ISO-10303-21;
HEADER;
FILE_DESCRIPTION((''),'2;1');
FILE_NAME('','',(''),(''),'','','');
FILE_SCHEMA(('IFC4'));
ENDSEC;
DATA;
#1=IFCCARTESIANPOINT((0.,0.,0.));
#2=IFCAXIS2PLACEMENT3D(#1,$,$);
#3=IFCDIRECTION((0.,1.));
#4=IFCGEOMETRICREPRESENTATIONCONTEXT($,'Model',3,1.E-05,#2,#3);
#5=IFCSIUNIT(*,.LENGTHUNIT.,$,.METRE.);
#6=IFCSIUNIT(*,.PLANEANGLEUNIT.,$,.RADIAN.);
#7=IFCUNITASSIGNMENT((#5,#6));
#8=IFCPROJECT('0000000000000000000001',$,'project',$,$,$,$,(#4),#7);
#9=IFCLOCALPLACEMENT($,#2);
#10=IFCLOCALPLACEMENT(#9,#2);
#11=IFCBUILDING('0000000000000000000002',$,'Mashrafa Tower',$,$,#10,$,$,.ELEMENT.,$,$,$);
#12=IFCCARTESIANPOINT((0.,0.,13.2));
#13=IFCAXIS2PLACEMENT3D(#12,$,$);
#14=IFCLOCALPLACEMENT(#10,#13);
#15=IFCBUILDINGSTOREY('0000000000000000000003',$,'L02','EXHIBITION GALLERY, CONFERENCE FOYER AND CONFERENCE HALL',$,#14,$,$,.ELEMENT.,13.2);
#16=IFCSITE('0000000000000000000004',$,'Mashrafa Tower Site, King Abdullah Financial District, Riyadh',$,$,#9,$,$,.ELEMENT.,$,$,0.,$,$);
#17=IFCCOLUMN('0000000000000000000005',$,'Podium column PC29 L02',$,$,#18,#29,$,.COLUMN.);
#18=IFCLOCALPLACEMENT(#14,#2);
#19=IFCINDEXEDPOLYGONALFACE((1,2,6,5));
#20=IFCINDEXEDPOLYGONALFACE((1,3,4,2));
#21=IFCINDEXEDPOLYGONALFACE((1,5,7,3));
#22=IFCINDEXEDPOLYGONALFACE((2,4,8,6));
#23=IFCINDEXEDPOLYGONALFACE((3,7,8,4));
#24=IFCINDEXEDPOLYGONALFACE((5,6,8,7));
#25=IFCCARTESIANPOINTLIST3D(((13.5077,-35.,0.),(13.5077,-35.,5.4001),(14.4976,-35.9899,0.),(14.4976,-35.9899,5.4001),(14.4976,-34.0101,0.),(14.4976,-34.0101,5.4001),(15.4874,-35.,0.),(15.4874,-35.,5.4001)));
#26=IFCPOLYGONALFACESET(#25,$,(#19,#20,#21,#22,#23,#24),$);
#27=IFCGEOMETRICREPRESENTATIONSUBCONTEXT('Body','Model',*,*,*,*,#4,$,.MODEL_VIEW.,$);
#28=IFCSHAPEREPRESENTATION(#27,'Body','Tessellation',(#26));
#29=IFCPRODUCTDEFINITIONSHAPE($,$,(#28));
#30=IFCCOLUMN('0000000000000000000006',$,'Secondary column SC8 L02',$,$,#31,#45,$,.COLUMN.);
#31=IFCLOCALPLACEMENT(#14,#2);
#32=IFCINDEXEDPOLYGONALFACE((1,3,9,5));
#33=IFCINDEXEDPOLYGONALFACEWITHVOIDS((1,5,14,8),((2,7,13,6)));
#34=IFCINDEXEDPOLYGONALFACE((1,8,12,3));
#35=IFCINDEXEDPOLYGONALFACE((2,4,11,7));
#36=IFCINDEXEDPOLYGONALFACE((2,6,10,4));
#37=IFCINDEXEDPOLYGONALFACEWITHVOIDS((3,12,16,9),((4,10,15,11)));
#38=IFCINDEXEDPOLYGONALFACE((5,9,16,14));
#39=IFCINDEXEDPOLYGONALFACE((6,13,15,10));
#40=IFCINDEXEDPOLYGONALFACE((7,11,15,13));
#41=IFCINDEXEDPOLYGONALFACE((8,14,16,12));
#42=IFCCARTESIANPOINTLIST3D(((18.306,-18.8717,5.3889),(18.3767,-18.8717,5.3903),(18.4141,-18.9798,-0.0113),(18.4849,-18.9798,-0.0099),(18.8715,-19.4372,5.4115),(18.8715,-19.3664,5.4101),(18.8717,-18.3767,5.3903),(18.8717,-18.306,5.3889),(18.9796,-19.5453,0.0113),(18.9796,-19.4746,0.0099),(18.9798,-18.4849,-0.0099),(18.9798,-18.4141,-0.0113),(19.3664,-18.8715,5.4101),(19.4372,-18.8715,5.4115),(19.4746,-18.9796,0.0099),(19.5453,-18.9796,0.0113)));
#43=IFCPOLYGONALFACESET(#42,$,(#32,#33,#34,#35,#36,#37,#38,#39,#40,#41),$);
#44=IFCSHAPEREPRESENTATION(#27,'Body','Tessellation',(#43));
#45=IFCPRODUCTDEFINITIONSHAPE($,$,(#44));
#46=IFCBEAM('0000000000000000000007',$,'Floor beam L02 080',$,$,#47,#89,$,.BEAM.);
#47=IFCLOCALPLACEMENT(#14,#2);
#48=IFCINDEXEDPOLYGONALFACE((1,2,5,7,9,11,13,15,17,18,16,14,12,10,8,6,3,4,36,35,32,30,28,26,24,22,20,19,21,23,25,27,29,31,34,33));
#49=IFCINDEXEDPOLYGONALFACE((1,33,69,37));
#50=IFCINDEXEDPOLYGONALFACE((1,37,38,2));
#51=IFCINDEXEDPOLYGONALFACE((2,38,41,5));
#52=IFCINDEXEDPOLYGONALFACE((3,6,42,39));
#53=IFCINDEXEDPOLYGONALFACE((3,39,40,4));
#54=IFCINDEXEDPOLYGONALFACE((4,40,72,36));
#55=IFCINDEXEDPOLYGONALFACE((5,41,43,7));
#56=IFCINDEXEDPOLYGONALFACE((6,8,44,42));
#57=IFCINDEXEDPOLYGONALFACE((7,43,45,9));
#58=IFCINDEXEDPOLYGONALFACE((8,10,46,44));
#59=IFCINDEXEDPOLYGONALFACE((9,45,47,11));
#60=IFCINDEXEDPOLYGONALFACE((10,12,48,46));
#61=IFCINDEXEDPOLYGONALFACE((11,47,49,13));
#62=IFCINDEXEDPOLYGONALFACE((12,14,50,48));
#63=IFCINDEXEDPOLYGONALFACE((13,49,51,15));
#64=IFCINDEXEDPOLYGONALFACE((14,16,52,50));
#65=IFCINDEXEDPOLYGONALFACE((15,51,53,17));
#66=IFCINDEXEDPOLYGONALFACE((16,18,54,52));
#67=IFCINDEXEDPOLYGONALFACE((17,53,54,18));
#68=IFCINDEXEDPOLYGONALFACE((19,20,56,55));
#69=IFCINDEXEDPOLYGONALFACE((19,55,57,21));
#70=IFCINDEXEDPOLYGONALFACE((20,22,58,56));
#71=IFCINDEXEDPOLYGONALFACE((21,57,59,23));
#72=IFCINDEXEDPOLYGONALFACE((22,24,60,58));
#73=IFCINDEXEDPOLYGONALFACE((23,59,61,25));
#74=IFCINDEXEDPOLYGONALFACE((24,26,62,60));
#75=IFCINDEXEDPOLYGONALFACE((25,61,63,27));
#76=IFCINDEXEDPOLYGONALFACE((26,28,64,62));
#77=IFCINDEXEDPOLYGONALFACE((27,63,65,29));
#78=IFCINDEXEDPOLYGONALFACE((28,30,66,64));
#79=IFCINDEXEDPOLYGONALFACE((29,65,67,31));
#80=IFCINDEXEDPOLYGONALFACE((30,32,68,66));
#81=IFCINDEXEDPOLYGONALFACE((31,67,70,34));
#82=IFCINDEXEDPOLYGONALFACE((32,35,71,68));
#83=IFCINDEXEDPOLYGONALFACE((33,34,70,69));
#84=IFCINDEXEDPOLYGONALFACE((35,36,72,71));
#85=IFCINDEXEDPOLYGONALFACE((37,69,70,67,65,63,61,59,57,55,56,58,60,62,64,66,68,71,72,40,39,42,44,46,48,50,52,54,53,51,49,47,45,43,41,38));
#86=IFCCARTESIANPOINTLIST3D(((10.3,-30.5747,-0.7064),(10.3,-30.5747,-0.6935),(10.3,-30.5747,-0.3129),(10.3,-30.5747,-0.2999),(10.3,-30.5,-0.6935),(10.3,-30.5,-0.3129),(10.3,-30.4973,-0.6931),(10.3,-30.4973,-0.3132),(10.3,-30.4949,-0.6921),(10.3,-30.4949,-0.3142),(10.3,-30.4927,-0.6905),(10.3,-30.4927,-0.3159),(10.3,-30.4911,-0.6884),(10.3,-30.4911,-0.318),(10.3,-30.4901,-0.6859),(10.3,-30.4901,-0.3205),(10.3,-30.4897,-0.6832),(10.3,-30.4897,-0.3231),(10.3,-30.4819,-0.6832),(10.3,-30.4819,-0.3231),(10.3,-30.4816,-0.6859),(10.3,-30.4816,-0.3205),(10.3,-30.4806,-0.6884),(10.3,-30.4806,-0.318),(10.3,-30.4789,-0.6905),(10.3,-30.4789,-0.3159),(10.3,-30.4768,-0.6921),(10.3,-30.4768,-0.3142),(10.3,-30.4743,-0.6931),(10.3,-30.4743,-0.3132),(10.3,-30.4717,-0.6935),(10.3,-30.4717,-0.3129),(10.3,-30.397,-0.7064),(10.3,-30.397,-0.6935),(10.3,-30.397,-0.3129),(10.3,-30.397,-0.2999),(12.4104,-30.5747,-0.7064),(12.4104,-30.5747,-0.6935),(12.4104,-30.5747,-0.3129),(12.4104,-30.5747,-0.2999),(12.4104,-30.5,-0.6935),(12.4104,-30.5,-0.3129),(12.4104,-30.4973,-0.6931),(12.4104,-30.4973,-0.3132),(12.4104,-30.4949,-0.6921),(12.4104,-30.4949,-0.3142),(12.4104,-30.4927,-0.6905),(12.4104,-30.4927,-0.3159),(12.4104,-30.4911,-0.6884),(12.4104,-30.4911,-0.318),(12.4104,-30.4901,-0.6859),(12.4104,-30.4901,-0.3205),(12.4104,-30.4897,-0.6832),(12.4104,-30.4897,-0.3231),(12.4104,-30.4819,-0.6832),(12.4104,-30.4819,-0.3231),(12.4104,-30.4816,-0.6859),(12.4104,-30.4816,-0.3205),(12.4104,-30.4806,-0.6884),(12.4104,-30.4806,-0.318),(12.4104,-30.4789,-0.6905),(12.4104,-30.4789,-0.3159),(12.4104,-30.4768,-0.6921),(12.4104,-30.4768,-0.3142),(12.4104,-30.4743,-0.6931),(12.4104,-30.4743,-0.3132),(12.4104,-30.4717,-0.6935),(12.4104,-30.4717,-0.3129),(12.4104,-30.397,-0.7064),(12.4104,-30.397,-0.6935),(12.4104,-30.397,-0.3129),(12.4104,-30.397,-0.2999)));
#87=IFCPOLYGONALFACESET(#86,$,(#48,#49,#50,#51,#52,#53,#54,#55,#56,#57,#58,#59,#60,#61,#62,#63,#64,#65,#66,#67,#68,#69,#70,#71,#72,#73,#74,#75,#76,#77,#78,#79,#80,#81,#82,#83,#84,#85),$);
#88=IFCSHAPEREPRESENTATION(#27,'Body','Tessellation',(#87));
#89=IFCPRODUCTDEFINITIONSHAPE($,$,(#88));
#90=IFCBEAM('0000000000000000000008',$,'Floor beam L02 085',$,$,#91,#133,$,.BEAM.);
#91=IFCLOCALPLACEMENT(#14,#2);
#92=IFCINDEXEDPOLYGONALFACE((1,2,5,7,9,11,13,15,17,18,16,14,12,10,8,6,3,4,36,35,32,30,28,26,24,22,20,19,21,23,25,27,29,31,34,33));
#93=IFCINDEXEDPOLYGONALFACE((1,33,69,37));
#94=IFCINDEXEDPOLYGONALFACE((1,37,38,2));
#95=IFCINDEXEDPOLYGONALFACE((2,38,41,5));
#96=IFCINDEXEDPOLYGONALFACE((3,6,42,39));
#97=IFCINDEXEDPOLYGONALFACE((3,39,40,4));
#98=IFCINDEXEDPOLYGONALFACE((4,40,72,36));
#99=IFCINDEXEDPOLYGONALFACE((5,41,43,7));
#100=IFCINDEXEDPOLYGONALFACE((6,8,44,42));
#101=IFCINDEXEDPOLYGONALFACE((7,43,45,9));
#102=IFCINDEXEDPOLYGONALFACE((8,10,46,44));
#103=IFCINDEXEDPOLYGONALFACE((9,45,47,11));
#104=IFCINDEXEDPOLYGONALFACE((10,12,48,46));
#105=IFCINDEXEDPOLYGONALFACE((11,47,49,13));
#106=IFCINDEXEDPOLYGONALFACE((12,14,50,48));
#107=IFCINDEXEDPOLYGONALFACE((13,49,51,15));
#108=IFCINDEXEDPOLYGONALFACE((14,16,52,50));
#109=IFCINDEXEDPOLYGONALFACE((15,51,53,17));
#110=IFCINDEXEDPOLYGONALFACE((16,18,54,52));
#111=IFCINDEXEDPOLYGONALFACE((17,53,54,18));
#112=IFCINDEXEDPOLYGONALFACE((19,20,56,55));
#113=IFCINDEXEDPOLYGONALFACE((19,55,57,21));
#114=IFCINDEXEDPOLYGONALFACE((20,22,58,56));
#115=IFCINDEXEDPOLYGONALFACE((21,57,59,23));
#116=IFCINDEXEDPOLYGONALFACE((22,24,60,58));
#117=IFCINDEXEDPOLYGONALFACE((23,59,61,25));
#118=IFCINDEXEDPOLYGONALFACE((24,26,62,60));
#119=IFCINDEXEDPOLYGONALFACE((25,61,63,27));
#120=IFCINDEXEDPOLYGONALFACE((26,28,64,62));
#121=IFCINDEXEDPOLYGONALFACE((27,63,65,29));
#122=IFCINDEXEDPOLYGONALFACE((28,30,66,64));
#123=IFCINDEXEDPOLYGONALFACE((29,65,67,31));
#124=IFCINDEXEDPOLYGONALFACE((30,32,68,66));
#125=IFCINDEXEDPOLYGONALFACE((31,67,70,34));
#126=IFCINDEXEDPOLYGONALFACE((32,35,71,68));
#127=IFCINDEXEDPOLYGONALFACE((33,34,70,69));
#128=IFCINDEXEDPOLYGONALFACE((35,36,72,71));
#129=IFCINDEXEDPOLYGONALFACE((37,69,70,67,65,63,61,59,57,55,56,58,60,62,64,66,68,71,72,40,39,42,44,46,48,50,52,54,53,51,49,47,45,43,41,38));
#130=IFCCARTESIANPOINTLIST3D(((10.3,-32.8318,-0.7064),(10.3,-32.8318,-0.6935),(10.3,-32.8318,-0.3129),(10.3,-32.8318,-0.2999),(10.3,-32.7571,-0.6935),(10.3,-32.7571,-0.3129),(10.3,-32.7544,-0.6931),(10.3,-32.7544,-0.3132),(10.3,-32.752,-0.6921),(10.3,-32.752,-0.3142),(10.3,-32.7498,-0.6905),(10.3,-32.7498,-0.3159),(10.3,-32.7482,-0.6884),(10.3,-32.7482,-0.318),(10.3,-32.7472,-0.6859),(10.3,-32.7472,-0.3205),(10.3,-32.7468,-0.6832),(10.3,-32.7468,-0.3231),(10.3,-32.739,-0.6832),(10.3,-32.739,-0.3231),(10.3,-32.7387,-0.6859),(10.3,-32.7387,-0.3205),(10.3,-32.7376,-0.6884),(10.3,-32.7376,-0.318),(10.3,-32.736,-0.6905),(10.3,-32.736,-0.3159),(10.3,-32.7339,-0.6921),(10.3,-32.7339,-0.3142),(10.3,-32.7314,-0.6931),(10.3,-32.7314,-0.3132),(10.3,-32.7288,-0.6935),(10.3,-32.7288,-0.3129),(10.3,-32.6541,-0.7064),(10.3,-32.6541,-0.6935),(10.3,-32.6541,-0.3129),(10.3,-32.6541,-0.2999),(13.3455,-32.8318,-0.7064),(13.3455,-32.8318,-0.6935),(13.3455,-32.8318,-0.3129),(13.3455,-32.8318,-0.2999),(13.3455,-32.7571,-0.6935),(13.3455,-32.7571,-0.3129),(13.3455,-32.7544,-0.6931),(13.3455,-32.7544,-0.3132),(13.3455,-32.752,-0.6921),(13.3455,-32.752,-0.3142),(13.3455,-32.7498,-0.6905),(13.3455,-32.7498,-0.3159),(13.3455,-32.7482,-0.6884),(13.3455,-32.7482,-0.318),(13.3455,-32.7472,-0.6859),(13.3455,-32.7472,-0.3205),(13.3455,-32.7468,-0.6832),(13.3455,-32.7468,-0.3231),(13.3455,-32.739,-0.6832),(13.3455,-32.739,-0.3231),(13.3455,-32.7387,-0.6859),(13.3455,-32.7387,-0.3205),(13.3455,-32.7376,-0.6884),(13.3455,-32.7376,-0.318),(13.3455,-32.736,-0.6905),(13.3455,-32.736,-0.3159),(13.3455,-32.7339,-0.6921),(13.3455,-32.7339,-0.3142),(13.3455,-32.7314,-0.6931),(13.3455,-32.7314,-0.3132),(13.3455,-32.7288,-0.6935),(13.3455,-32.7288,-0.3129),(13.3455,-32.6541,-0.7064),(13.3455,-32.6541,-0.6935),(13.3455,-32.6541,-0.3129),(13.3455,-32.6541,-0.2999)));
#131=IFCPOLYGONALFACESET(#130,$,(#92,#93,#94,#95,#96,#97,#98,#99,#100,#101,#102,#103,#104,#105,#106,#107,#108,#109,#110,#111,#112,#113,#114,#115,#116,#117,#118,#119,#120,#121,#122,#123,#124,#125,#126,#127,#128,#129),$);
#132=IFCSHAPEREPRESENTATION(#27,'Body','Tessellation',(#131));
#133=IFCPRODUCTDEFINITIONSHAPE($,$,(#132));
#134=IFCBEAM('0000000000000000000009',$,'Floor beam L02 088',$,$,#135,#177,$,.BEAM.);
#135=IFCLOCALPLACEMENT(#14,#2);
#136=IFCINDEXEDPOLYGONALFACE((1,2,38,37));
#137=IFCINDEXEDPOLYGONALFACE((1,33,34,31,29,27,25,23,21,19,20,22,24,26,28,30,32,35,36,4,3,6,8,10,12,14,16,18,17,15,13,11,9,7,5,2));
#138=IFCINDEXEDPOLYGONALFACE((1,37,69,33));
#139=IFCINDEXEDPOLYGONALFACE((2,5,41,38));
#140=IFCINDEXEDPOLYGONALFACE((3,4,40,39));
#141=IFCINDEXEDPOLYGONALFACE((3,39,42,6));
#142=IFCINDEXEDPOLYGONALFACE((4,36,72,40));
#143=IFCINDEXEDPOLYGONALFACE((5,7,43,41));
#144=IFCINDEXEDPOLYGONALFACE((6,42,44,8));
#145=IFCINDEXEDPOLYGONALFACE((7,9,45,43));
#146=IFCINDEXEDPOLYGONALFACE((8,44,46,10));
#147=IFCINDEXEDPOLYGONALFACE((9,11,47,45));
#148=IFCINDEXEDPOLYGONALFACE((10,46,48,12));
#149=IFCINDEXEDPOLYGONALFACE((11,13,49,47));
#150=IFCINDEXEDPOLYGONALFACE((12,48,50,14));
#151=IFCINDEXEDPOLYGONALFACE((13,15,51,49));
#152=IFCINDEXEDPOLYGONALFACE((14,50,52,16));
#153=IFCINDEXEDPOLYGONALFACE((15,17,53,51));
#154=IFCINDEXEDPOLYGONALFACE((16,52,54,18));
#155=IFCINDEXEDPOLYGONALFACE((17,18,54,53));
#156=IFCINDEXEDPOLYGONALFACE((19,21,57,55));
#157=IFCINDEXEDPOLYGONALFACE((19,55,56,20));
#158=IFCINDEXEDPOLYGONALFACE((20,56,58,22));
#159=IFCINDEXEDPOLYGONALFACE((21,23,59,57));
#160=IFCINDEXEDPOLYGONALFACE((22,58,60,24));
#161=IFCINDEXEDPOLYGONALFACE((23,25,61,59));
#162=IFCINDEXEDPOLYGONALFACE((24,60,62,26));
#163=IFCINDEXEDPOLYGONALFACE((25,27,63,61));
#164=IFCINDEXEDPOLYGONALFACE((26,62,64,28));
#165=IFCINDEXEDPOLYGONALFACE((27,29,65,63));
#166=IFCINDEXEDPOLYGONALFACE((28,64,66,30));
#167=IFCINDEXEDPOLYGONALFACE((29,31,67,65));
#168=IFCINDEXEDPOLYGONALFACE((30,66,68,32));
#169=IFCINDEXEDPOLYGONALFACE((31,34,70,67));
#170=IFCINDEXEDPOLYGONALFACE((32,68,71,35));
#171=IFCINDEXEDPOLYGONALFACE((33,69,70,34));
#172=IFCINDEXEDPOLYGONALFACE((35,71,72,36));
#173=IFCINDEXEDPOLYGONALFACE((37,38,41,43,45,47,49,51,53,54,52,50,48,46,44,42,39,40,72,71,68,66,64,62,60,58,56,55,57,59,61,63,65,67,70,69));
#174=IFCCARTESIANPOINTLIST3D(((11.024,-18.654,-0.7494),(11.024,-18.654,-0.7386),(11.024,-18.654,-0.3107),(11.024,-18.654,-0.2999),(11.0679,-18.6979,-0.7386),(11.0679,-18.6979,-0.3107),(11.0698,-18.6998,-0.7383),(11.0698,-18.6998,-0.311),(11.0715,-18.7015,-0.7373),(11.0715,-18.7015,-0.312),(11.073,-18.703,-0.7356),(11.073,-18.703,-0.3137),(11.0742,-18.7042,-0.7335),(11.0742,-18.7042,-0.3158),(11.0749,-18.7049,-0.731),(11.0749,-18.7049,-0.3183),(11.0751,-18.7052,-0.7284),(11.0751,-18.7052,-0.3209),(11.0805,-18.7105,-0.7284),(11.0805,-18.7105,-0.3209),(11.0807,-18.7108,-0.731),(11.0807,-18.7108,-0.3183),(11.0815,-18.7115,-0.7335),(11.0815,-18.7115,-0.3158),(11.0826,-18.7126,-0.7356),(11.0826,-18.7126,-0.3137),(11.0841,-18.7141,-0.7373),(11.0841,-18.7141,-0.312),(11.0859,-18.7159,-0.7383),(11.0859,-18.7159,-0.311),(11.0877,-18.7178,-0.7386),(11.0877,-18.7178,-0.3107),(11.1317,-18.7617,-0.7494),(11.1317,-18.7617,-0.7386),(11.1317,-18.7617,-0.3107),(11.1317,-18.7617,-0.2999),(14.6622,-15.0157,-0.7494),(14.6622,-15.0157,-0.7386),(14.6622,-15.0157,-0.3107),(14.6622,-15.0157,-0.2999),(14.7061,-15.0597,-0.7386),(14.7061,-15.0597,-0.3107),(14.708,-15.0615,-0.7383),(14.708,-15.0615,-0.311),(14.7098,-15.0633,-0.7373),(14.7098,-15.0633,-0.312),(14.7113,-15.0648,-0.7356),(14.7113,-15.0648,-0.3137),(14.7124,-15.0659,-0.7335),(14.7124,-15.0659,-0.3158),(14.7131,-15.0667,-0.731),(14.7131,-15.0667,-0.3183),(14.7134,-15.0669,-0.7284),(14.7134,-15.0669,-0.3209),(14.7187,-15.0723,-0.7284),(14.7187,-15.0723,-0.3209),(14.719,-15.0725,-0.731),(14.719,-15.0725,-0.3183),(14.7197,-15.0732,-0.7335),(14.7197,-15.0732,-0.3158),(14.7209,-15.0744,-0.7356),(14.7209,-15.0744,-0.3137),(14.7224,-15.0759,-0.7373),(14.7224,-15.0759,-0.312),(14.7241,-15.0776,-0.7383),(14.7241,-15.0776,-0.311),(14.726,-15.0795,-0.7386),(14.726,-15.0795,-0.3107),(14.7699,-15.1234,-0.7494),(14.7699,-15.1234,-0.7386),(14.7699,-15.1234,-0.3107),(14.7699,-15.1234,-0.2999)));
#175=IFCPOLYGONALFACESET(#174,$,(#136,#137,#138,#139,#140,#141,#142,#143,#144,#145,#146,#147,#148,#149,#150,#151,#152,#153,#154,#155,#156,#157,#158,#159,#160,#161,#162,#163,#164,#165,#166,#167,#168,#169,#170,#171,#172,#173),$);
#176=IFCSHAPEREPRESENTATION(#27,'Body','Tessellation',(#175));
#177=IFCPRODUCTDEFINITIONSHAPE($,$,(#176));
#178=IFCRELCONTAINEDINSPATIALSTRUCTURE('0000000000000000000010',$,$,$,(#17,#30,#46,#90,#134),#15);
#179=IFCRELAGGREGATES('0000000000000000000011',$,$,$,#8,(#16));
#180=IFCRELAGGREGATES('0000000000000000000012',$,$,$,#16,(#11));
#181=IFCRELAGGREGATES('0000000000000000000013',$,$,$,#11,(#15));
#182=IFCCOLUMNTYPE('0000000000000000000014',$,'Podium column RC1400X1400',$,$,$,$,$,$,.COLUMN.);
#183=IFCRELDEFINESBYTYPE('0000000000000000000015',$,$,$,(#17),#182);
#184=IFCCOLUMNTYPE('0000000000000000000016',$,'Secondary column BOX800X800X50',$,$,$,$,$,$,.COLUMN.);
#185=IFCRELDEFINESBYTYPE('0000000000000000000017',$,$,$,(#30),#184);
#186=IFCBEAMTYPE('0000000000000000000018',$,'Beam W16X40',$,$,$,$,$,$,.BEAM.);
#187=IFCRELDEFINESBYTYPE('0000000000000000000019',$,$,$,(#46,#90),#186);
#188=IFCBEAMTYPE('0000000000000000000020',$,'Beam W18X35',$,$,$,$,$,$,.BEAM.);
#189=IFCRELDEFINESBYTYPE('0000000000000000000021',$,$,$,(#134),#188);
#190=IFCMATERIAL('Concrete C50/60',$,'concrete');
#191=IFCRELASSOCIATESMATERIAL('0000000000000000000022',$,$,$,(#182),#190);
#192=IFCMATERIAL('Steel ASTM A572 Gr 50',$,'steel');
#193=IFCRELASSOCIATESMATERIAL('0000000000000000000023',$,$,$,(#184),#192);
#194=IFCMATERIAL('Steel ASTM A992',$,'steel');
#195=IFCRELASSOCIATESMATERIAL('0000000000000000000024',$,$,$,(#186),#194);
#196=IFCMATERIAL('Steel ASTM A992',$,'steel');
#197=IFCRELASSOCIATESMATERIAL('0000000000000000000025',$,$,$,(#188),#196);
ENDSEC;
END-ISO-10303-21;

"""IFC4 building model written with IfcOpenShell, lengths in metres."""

from ifc_helpers import new_model, si_unit, direction, frame, origin, origin_2d, place, context, subcontext, project, spatial, rectangle, hollow_rectangle, i_section, extrude, material, material_profile, profile_set, type_object, element, save


model = new_model("IFC4")

# Units and contexts
model_context = context("Model", 3, precision=1e-05, world=origin(), true_north=direction((0.0, 1.0)))
body_context = subcontext(model_context, "Body", "Model", "MODEL_VIEW")
ifc_project = project(units=[si_unit("LENGTHUNIT", "METRE"), si_unit("PLANEANGLEUNIT", "RADIAN")], contexts=[model_context])

# Site, building, storey
site_placement = place(None, origin())
site = spatial("IfcSite", under=ifc_project, at=site_placement, Name="Mashrafa Tower Site, King Abdullah Financial District, Riyadh", CompositionType="ELEMENT", RefElevation=0.0)
building_placement = place(site_placement, origin())
building = spatial("IfcBuilding", under=site, at=building_placement, Name="Mashrafa Tower", CompositionType="ELEMENT")
storey_placement = place(building_placement, frame((0.0, 0.0, 13.2)))
storey = spatial("IfcBuildingStorey", under=building, at=storey_placement, Name="L02", Description="EXHIBITION GALLERY, CONFERENCE FOYER AND CONFERENCE HALL", CompositionType="ELEMENT", Elevation=13.2)

# Columns
ifc_material_1 = material(Name="Concrete C50/60", Category="concrete")
ifc_material_profile_1 = material_profile(ifc_material_1, rectangle(XDim=1.3999, YDim=1.3999, at=origin_2d()), Name="RC1400X1400")
ifc_profile_set_1 = profile_set([ifc_material_profile_1], Name="Concrete C50/60")
column_type_1 = type_object("IfcColumnType", Name="Podium column RC1400X1400", PredefinedType="COLUMN", material=ifc_profile_set_1)
column_1_placement = place(storey_placement, frame((14.4976, -35.0, 0.0), z_axis=(0.0, 0.0, 1.0), x_axis=(0.707107, 0.707107, 0.0)))
element("IfcColumn", 1, at=column_1_placement, inside=storey, type_object=column_type_1, Name="Podium column PC29 L02", PredefinedType="COLUMN", context=body_context, shape_type="SweptSolid", body=[
    extrude(rectangle(XDim=1.3999, YDim=1.3999, at=origin_2d()), origin(), (0.0, 0.0, 1.0), 5.4001),
])
ifc_material_2 = material(Name="Steel ASTM A572 Gr 50", Category="steel")
ifc_material_profile_2 = material_profile(ifc_material_2, hollow_rectangle(XDim=0.8, YDim=0.8, WallThickness=0.05, at=origin_2d()), Name="BOX800X800X50")
ifc_profile_set_2 = profile_set([ifc_material_profile_2], Name="Steel ASTM A572 Gr 50")
column_type_2 = type_object("IfcColumnType", Name="Secondary column BOX800X800X50", PredefinedType="COLUMN", material=ifc_profile_set_2)
column_2_placement = place(storey_placement, frame((18.9797, -18.9797, 0.0), z_axis=(-0.02002, 0.02002, 0.999599), x_axis=(-0.707107, -0.707107, 0.0)))
element("IfcColumn", 2, at=column_2_placement, inside=storey, type_object=column_type_2, Name="Secondary column SC8 L02", PredefinedType="COLUMN", context=body_context, shape_type="SweptSolid", body=[
    extrude(hollow_rectangle(XDim=0.8, YDim=0.8, WallThickness=0.05, at=origin_2d()), origin(), (0.0, 0.0, 1.0), 5.4023),
])

# Beams
ifc_material_3 = material(Name="Steel ASTM A992", Category="steel")
ifc_material_profile_3 = material_profile(ifc_material_3, i_section(OverallWidth=0.1777, OverallDepth=0.4065, WebThickness=0.0078, FlangeThickness=0.0129, FilletRadius=0.0103, at=origin_2d()), Name="W16X40")
ifc_profile_set_3 = profile_set([ifc_material_profile_3], Name="Steel ASTM A992")
beam_type_1 = type_object("IfcBeamType", Name="Beam W16X40", PredefinedType="BEAM", material=ifc_profile_set_3)
beam_1_placement = place(storey_placement, frame((12.4104, -30.4858, -0.5032), z_axis=(-1.0, 0.0, 0.0), x_axis=(0.0, -1.0, 0.0)))
element("IfcBeam", 3, at=beam_1_placement, inside=storey, type_object=beam_type_1, Name="Floor beam L02 080", PredefinedType="BEAM", context=body_context, shape_type="SweptSolid", body=[
    extrude(i_section(OverallWidth=0.1777, OverallDepth=0.4065, WebThickness=0.0078, FlangeThickness=0.0129, FilletRadius=0.0103, at=origin_2d()), origin(), (0.0, 0.0, 1.0), 2.1104),
])
beam_2_placement = place(storey_placement, frame((13.3455, -32.7429, -0.5032), z_axis=(-1.0, 0.0, 0.0), x_axis=(0.0, -1.0, 0.0)))
element("IfcBeam", 4, at=beam_2_placement, inside=storey, type_object=beam_type_1, Name="Floor beam L02 085", PredefinedType="BEAM", context=body_context, shape_type="SweptSolid", body=[
    extrude(i_section(OverallWidth=0.1777, OverallDepth=0.4065, WebThickness=0.0078, FlangeThickness=0.0129, FilletRadius=0.0103, at=origin_2d()), origin(), (0.0, 0.0, 1.0), 3.0454),
])
ifc_material_4 = material(Name="Steel ASTM A992", Category="steel")
ifc_material_profile_4 = material_profile(ifc_material_4, i_section(OverallWidth=0.1523, OverallDepth=0.4495, WebThickness=0.0076, FlangeThickness=0.0107, FilletRadius=0.0103, at=origin_2d()), Name="W18X35")
ifc_profile_set_4 = profile_set([ifc_material_profile_4], Name="Steel ASTM A992")
beam_type_2 = type_object("IfcBeamType", Name="Beam W18X35", PredefinedType="BEAM", material=ifc_profile_set_4)
beam_3_placement = place(storey_placement, frame((14.7161, -15.0696, -0.5247), z_axis=(-0.707107, -0.707107, 0.0), x_axis=(0.707107, -0.707107, 0.0)))
element("IfcBeam", 5, at=beam_3_placement, inside=storey, type_object=beam_type_2, Name="Floor beam L02 088", PredefinedType="BEAM", context=body_context, shape_type="SweptSolid", body=[
    extrude(i_section(OverallWidth=0.1523, OverallDepth=0.4495, WebThickness=0.0076, FlangeThickness=0.0107, FilletRadius=0.0103, at=origin_2d()), origin(), (0.0, 0.0, 1.0), 5.1453),
])

save(model, "model.ifc")
